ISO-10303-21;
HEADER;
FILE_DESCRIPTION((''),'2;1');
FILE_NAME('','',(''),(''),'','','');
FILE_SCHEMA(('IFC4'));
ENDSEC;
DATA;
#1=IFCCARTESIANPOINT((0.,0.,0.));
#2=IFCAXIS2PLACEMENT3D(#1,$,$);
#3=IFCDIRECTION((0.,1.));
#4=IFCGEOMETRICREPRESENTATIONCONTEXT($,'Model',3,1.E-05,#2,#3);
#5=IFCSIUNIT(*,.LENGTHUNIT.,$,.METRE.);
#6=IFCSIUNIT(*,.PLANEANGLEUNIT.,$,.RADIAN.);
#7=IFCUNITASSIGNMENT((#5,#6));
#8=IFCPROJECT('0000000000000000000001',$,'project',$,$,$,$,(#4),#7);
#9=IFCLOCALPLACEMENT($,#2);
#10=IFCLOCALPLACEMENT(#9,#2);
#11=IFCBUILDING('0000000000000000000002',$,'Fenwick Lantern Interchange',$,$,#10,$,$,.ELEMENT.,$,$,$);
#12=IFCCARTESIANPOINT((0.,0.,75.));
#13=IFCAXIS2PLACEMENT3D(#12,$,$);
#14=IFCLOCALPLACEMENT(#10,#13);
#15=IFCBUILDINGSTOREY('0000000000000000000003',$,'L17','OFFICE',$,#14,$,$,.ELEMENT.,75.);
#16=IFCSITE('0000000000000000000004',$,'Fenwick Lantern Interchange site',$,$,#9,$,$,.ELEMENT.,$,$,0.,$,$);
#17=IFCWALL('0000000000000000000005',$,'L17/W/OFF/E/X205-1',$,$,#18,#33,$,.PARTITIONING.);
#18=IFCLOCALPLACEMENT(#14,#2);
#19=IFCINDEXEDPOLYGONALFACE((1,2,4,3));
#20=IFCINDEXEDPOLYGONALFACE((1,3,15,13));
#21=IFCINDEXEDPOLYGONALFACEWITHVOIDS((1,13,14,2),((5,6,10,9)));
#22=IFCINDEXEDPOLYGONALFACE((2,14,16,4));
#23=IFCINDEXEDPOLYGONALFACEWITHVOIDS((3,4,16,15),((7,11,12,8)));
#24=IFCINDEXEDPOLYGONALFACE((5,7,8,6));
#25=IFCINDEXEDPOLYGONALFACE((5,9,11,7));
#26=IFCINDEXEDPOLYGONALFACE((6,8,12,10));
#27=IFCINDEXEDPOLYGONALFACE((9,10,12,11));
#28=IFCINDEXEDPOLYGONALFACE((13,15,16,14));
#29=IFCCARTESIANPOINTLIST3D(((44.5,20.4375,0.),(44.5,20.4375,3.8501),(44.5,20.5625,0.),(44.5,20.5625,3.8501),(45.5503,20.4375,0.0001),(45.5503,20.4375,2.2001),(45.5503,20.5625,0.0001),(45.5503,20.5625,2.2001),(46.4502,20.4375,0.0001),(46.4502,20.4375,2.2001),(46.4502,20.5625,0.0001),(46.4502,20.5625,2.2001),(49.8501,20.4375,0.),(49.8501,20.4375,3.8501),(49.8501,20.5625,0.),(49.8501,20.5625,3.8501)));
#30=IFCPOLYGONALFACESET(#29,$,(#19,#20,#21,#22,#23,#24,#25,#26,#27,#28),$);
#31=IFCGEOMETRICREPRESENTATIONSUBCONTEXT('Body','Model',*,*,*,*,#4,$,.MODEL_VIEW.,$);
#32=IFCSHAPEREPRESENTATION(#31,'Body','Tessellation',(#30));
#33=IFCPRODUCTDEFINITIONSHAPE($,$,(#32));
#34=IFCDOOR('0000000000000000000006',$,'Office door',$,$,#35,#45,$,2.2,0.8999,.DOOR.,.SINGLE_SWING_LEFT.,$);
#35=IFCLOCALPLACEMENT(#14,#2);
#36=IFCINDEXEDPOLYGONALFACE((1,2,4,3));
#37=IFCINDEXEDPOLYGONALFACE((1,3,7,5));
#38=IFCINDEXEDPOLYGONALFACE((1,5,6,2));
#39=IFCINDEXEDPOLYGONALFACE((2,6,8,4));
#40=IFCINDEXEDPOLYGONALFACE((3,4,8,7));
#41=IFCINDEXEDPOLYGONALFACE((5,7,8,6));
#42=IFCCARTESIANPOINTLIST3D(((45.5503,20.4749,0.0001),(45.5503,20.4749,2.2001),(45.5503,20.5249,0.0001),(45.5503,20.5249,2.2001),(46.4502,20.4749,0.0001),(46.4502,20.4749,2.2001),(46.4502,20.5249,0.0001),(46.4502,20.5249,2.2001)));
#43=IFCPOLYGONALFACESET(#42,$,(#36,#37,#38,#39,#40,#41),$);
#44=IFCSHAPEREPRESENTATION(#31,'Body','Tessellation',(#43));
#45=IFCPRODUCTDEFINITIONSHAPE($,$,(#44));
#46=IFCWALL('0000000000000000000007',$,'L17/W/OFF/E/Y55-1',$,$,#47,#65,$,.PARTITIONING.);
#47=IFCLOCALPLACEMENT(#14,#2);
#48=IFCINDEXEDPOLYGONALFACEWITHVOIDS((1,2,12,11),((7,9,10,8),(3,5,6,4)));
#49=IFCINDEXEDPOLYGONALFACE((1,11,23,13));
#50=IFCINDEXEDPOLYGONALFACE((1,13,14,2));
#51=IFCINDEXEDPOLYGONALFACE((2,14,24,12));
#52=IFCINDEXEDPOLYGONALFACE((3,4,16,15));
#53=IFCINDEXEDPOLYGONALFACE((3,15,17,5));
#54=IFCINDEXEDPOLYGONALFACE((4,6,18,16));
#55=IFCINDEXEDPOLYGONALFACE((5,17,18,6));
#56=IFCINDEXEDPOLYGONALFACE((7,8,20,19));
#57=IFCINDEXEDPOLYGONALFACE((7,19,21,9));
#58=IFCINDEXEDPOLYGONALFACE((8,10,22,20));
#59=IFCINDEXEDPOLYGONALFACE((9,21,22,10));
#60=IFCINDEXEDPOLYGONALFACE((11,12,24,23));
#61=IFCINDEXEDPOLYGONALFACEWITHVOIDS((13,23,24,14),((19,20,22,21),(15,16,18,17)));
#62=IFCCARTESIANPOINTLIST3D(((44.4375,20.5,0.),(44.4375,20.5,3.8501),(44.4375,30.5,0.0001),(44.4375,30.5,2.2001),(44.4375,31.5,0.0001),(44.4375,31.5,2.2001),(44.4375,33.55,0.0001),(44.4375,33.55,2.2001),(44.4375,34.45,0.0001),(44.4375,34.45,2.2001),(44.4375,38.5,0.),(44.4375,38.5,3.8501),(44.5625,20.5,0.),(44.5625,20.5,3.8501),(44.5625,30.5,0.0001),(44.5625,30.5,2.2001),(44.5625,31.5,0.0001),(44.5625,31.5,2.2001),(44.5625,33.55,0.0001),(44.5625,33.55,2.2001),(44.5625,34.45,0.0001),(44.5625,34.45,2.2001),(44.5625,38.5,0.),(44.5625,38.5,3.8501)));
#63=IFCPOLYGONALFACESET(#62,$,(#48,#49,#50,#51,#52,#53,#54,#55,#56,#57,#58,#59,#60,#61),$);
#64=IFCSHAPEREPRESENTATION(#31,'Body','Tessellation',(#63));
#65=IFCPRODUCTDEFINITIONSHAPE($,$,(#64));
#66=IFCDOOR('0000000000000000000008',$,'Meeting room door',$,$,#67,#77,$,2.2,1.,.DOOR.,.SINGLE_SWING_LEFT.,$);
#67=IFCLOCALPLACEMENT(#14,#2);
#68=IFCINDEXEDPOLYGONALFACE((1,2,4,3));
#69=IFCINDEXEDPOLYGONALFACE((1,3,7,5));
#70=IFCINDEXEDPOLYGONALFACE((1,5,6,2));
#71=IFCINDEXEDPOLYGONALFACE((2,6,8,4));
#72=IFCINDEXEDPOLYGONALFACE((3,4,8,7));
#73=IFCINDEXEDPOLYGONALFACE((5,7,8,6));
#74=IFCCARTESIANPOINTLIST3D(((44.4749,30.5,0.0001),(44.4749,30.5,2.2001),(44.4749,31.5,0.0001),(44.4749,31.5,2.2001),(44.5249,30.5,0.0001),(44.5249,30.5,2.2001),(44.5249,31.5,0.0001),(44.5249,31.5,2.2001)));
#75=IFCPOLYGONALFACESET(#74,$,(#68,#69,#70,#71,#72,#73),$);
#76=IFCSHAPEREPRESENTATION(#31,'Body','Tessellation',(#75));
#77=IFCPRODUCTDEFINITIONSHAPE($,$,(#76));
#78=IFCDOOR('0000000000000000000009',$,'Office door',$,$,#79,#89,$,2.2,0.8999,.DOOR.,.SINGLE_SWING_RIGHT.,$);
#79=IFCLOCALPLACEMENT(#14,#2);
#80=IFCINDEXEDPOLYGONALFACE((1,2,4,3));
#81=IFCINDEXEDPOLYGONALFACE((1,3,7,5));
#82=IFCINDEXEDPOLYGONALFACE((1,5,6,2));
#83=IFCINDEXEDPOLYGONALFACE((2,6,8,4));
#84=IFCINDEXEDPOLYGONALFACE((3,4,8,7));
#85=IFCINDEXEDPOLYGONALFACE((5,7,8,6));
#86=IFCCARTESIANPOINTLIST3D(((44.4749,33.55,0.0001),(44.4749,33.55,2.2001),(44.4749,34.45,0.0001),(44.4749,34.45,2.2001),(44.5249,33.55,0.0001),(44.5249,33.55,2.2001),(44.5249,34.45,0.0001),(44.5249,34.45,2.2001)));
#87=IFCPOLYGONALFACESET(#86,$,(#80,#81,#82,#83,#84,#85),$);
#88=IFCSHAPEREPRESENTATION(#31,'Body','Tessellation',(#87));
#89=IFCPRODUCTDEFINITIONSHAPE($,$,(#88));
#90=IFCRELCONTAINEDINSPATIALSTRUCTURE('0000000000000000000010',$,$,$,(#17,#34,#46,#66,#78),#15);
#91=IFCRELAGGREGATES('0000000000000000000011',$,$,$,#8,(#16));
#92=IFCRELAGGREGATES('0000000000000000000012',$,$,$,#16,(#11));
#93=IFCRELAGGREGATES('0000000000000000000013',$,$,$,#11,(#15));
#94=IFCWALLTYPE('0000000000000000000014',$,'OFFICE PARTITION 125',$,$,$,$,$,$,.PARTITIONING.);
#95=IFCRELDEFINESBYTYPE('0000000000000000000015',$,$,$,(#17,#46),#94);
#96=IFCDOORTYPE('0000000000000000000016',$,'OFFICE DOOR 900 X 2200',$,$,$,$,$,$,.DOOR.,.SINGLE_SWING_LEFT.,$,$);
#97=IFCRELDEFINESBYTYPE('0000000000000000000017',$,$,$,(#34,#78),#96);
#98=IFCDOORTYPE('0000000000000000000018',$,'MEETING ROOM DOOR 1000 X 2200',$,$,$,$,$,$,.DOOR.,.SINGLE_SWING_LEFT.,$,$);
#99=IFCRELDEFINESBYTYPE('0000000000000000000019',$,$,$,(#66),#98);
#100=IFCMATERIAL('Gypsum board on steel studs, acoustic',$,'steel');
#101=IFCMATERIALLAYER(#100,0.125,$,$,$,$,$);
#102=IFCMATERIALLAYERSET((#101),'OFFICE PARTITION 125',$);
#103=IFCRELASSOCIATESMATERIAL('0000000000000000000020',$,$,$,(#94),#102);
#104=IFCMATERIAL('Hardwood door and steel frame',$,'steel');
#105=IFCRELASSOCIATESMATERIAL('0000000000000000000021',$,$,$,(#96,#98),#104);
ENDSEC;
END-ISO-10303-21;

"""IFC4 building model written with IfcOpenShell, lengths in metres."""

from ifc_helpers import new_model, si_unit, direction, frame, frame_2d, origin, place, context, subcontext, project, spatial, rectangle, extrude, material, layer, layer_set, type_object, element, fill, save


model = new_model("IFC4")

# Units and contexts
model_context = context("Model", 3, precision=1e-05, world=origin(), true_north=direction((0.0, 1.0)))
body_context = subcontext(model_context, "Body", "Model", "MODEL_VIEW")
ifc_project = project(units=[si_unit("LENGTHUNIT", "METRE"), si_unit("PLANEANGLEUNIT", "RADIAN")], contexts=[model_context])

# Site, building, storey
site_placement = place(None, origin())
site = spatial("IfcSite", under=ifc_project, at=site_placement, Name="Fenwick Lantern Interchange site", CompositionType="ELEMENT", RefElevation=0.0)
building_placement = place(site_placement, origin())
building = spatial("IfcBuilding", under=site, at=building_placement, Name="Fenwick Lantern Interchange", CompositionType="ELEMENT")
storey_placement = place(building_placement, frame((0.0, 0.0, 75.0)))
storey = spatial("IfcBuildingStorey", under=building, at=storey_placement, Name="L17", Description="OFFICE", CompositionType="ELEMENT", Elevation=75.0)

# Wall, opening, door
ifc_material_1 = material(Name="Gypsum board on steel studs, acoustic", Category="steel")
ifc_layer_1 = layer(ifc_material_1, 0.125)
ifc_layer_set_1 = layer_set([ifc_layer_1], Name="OFFICE PARTITION 125")
wall_type = type_object("IfcWallType", Name="OFFICE PARTITION 125", PredefinedType="PARTITIONING", material=ifc_layer_set_1)
wall_1_placement = place(storey_placement, frame((49.8501, 20.5, 0.0), z_axis=(0.0, 0.0, 1.0), x_axis=(-1.0, 0.0, 0.0)))
wall_1 = element("IfcWall", 1, at=wall_1_placement, inside=storey, type_object=wall_type, Name="L17/W/OFF/E/X205-1", PredefinedType="PARTITIONING", context=body_context, shape_type="SweptSolid", body=[
    extrude(rectangle(XDim=5.3501, YDim=0.125, at=frame_2d((2.675, 0.0))), origin(), (0.0, 0.0, 1.0), 3.8501),
])
opening_1_placement = place(wall_1_placement, frame((3.3999, 0.0, 0.0)))
opening_1 = element("IfcOpeningElement", 2, at=opening_1_placement, cuts=wall_1, PredefinedType="OPENING", context=body_context, shape_type="SweptSolid", body=[
    extrude(rectangle(XDim=0.8999, YDim=2.2, at=frame_2d((0.45, 1.1001))), frame((0.0, 0.0725, 0.0), z_axis=(0.0, -1.0, 0.0), x_axis=(1.0, 0.0, 0.0)), (0.0, 0.0, 1.0), 0.145),
])
ifc_material_2 = material(Name="Hardwood door and steel frame", Category="steel")
door_type_1 = type_object("IfcDoorType", Name="OFFICE DOOR 900 X 2200", OperationType="SINGLE_SWING_LEFT", PredefinedType="DOOR", material=ifc_material_2)
door_1_placement = place(opening_1_placement, frame((0.8999, 0.0, 0.0), z_axis=(0.0, 0.0, 1.0), x_axis=(-1.0, 0.0, 0.0)))
door_1 = element("IfcDoor", 3, at=door_1_placement, inside=storey, type_object=door_type_1, Name="Office door", OperationType="SINGLE_SWING_LEFT", OverallHeight=2.2, OverallWidth=0.8999, PredefinedType="DOOR", context=body_context, shape_type="SweptSolid", body=[
    extrude(rectangle(XDim=0.8999, YDim=2.2, at=frame_2d((0.45, 1.1001))), frame((0.0, 0.0249, 0.0), z_axis=(0.0, -1.0, 0.0), x_axis=(1.0, 0.0, 0.0)), (0.0, 0.0, 1.0), 0.05),
])
fill(opening_1, door_1)

# Wall, openings, doors
wall_2_placement = place(storey_placement, frame((44.5, 20.5, 0.0), z_axis=(0.0, 0.0, 1.0), x_axis=(0.0, 1.0, 0.0)))
wall_2 = element("IfcWall", 4, at=wall_2_placement, inside=storey, type_object=wall_type, Name="L17/W/OFF/E/Y55-1", PredefinedType="PARTITIONING", context=body_context, shape_type="SweptSolid", body=[
    extrude(rectangle(XDim=18.0, YDim=0.125, at=frame_2d((9.0, 0.0))), origin(), (0.0, 0.0, 1.0), 3.8501),
])
opening_2_placement = place(wall_2_placement, frame((10.0, 0.0, 0.0)))
opening_2 = element("IfcOpeningElement", 5, at=opening_2_placement, cuts=wall_2, PredefinedType="OPENING", context=body_context, shape_type="SweptSolid", body=[
    extrude(rectangle(XDim=1.0, YDim=2.2, at=frame_2d((0.5, 1.1001))), frame((0.0, 0.0725, 0.0), z_axis=(0.0, -1.0, 0.0), x_axis=(1.0, 0.0, 0.0)), (0.0, 0.0, 1.0), 0.145),
])
opening_3_placement = place(wall_2_placement, frame((13.05, 0.0, 0.0)))
opening_3 = element("IfcOpeningElement", 6, at=opening_3_placement, cuts=wall_2, PredefinedType="OPENING", context=body_context, shape_type="SweptSolid", body=[
    extrude(rectangle(XDim=0.8999, YDim=2.2, at=frame_2d((0.45, 1.1001))), frame((0.0, 0.0725, 0.0), z_axis=(0.0, -1.0, 0.0), x_axis=(1.0, 0.0, 0.0)), (0.0, 0.0, 1.0), 0.145),
])
door_type_2 = type_object("IfcDoorType", Name="MEETING ROOM DOOR 1000 X 2200", OperationType="SINGLE_SWING_LEFT", PredefinedType="DOOR", material=ifc_material_2)
door_2_placement = place(opening_2_placement, frame((1.0, 0.0, 0.0), z_axis=(0.0, 0.0, 1.0), x_axis=(-1.0, 0.0, 0.0)))
door_2 = element("IfcDoor", 7, at=door_2_placement, inside=storey, type_object=door_type_2, Name="Meeting room door", OperationType="SINGLE_SWING_LEFT", OverallHeight=2.2, OverallWidth=1.0, PredefinedType="DOOR", context=body_context, shape_type="SweptSolid", body=[
    extrude(rectangle(XDim=1.0, YDim=2.2, at=frame_2d((0.5, 1.1001))), frame((0.0, 0.0249, 0.0), z_axis=(0.0, -1.0, 0.0), x_axis=(1.0, 0.0, 0.0)), (0.0, 0.0, 1.0), 0.05),
])
fill(opening_2, door_2)
door_3_placement = place(opening_3_placement, frame((0.8999, 0.0, 0.0), z_axis=(0.0, 0.0, 1.0), x_axis=(-1.0, 0.0, 0.0)))
door_3 = element("IfcDoor", 8, at=door_3_placement, inside=storey, type_object=door_type_1, Name="Office door", OperationType="SINGLE_SWING_RIGHT", OverallHeight=2.2, OverallWidth=0.8999, PredefinedType="DOOR", context=body_context, shape_type="SweptSolid", body=[
    extrude(rectangle(XDim=0.8999, YDim=2.2, at=frame_2d((0.45, 1.1001))), frame((0.0, 0.0249, 0.0), z_axis=(0.0, -1.0, 0.0), x_axis=(1.0, 0.0, 0.0)), (0.0, 0.0, 1.0), 0.05),
])
fill(opening_3, door_3)

save(model, "model.ifc")
